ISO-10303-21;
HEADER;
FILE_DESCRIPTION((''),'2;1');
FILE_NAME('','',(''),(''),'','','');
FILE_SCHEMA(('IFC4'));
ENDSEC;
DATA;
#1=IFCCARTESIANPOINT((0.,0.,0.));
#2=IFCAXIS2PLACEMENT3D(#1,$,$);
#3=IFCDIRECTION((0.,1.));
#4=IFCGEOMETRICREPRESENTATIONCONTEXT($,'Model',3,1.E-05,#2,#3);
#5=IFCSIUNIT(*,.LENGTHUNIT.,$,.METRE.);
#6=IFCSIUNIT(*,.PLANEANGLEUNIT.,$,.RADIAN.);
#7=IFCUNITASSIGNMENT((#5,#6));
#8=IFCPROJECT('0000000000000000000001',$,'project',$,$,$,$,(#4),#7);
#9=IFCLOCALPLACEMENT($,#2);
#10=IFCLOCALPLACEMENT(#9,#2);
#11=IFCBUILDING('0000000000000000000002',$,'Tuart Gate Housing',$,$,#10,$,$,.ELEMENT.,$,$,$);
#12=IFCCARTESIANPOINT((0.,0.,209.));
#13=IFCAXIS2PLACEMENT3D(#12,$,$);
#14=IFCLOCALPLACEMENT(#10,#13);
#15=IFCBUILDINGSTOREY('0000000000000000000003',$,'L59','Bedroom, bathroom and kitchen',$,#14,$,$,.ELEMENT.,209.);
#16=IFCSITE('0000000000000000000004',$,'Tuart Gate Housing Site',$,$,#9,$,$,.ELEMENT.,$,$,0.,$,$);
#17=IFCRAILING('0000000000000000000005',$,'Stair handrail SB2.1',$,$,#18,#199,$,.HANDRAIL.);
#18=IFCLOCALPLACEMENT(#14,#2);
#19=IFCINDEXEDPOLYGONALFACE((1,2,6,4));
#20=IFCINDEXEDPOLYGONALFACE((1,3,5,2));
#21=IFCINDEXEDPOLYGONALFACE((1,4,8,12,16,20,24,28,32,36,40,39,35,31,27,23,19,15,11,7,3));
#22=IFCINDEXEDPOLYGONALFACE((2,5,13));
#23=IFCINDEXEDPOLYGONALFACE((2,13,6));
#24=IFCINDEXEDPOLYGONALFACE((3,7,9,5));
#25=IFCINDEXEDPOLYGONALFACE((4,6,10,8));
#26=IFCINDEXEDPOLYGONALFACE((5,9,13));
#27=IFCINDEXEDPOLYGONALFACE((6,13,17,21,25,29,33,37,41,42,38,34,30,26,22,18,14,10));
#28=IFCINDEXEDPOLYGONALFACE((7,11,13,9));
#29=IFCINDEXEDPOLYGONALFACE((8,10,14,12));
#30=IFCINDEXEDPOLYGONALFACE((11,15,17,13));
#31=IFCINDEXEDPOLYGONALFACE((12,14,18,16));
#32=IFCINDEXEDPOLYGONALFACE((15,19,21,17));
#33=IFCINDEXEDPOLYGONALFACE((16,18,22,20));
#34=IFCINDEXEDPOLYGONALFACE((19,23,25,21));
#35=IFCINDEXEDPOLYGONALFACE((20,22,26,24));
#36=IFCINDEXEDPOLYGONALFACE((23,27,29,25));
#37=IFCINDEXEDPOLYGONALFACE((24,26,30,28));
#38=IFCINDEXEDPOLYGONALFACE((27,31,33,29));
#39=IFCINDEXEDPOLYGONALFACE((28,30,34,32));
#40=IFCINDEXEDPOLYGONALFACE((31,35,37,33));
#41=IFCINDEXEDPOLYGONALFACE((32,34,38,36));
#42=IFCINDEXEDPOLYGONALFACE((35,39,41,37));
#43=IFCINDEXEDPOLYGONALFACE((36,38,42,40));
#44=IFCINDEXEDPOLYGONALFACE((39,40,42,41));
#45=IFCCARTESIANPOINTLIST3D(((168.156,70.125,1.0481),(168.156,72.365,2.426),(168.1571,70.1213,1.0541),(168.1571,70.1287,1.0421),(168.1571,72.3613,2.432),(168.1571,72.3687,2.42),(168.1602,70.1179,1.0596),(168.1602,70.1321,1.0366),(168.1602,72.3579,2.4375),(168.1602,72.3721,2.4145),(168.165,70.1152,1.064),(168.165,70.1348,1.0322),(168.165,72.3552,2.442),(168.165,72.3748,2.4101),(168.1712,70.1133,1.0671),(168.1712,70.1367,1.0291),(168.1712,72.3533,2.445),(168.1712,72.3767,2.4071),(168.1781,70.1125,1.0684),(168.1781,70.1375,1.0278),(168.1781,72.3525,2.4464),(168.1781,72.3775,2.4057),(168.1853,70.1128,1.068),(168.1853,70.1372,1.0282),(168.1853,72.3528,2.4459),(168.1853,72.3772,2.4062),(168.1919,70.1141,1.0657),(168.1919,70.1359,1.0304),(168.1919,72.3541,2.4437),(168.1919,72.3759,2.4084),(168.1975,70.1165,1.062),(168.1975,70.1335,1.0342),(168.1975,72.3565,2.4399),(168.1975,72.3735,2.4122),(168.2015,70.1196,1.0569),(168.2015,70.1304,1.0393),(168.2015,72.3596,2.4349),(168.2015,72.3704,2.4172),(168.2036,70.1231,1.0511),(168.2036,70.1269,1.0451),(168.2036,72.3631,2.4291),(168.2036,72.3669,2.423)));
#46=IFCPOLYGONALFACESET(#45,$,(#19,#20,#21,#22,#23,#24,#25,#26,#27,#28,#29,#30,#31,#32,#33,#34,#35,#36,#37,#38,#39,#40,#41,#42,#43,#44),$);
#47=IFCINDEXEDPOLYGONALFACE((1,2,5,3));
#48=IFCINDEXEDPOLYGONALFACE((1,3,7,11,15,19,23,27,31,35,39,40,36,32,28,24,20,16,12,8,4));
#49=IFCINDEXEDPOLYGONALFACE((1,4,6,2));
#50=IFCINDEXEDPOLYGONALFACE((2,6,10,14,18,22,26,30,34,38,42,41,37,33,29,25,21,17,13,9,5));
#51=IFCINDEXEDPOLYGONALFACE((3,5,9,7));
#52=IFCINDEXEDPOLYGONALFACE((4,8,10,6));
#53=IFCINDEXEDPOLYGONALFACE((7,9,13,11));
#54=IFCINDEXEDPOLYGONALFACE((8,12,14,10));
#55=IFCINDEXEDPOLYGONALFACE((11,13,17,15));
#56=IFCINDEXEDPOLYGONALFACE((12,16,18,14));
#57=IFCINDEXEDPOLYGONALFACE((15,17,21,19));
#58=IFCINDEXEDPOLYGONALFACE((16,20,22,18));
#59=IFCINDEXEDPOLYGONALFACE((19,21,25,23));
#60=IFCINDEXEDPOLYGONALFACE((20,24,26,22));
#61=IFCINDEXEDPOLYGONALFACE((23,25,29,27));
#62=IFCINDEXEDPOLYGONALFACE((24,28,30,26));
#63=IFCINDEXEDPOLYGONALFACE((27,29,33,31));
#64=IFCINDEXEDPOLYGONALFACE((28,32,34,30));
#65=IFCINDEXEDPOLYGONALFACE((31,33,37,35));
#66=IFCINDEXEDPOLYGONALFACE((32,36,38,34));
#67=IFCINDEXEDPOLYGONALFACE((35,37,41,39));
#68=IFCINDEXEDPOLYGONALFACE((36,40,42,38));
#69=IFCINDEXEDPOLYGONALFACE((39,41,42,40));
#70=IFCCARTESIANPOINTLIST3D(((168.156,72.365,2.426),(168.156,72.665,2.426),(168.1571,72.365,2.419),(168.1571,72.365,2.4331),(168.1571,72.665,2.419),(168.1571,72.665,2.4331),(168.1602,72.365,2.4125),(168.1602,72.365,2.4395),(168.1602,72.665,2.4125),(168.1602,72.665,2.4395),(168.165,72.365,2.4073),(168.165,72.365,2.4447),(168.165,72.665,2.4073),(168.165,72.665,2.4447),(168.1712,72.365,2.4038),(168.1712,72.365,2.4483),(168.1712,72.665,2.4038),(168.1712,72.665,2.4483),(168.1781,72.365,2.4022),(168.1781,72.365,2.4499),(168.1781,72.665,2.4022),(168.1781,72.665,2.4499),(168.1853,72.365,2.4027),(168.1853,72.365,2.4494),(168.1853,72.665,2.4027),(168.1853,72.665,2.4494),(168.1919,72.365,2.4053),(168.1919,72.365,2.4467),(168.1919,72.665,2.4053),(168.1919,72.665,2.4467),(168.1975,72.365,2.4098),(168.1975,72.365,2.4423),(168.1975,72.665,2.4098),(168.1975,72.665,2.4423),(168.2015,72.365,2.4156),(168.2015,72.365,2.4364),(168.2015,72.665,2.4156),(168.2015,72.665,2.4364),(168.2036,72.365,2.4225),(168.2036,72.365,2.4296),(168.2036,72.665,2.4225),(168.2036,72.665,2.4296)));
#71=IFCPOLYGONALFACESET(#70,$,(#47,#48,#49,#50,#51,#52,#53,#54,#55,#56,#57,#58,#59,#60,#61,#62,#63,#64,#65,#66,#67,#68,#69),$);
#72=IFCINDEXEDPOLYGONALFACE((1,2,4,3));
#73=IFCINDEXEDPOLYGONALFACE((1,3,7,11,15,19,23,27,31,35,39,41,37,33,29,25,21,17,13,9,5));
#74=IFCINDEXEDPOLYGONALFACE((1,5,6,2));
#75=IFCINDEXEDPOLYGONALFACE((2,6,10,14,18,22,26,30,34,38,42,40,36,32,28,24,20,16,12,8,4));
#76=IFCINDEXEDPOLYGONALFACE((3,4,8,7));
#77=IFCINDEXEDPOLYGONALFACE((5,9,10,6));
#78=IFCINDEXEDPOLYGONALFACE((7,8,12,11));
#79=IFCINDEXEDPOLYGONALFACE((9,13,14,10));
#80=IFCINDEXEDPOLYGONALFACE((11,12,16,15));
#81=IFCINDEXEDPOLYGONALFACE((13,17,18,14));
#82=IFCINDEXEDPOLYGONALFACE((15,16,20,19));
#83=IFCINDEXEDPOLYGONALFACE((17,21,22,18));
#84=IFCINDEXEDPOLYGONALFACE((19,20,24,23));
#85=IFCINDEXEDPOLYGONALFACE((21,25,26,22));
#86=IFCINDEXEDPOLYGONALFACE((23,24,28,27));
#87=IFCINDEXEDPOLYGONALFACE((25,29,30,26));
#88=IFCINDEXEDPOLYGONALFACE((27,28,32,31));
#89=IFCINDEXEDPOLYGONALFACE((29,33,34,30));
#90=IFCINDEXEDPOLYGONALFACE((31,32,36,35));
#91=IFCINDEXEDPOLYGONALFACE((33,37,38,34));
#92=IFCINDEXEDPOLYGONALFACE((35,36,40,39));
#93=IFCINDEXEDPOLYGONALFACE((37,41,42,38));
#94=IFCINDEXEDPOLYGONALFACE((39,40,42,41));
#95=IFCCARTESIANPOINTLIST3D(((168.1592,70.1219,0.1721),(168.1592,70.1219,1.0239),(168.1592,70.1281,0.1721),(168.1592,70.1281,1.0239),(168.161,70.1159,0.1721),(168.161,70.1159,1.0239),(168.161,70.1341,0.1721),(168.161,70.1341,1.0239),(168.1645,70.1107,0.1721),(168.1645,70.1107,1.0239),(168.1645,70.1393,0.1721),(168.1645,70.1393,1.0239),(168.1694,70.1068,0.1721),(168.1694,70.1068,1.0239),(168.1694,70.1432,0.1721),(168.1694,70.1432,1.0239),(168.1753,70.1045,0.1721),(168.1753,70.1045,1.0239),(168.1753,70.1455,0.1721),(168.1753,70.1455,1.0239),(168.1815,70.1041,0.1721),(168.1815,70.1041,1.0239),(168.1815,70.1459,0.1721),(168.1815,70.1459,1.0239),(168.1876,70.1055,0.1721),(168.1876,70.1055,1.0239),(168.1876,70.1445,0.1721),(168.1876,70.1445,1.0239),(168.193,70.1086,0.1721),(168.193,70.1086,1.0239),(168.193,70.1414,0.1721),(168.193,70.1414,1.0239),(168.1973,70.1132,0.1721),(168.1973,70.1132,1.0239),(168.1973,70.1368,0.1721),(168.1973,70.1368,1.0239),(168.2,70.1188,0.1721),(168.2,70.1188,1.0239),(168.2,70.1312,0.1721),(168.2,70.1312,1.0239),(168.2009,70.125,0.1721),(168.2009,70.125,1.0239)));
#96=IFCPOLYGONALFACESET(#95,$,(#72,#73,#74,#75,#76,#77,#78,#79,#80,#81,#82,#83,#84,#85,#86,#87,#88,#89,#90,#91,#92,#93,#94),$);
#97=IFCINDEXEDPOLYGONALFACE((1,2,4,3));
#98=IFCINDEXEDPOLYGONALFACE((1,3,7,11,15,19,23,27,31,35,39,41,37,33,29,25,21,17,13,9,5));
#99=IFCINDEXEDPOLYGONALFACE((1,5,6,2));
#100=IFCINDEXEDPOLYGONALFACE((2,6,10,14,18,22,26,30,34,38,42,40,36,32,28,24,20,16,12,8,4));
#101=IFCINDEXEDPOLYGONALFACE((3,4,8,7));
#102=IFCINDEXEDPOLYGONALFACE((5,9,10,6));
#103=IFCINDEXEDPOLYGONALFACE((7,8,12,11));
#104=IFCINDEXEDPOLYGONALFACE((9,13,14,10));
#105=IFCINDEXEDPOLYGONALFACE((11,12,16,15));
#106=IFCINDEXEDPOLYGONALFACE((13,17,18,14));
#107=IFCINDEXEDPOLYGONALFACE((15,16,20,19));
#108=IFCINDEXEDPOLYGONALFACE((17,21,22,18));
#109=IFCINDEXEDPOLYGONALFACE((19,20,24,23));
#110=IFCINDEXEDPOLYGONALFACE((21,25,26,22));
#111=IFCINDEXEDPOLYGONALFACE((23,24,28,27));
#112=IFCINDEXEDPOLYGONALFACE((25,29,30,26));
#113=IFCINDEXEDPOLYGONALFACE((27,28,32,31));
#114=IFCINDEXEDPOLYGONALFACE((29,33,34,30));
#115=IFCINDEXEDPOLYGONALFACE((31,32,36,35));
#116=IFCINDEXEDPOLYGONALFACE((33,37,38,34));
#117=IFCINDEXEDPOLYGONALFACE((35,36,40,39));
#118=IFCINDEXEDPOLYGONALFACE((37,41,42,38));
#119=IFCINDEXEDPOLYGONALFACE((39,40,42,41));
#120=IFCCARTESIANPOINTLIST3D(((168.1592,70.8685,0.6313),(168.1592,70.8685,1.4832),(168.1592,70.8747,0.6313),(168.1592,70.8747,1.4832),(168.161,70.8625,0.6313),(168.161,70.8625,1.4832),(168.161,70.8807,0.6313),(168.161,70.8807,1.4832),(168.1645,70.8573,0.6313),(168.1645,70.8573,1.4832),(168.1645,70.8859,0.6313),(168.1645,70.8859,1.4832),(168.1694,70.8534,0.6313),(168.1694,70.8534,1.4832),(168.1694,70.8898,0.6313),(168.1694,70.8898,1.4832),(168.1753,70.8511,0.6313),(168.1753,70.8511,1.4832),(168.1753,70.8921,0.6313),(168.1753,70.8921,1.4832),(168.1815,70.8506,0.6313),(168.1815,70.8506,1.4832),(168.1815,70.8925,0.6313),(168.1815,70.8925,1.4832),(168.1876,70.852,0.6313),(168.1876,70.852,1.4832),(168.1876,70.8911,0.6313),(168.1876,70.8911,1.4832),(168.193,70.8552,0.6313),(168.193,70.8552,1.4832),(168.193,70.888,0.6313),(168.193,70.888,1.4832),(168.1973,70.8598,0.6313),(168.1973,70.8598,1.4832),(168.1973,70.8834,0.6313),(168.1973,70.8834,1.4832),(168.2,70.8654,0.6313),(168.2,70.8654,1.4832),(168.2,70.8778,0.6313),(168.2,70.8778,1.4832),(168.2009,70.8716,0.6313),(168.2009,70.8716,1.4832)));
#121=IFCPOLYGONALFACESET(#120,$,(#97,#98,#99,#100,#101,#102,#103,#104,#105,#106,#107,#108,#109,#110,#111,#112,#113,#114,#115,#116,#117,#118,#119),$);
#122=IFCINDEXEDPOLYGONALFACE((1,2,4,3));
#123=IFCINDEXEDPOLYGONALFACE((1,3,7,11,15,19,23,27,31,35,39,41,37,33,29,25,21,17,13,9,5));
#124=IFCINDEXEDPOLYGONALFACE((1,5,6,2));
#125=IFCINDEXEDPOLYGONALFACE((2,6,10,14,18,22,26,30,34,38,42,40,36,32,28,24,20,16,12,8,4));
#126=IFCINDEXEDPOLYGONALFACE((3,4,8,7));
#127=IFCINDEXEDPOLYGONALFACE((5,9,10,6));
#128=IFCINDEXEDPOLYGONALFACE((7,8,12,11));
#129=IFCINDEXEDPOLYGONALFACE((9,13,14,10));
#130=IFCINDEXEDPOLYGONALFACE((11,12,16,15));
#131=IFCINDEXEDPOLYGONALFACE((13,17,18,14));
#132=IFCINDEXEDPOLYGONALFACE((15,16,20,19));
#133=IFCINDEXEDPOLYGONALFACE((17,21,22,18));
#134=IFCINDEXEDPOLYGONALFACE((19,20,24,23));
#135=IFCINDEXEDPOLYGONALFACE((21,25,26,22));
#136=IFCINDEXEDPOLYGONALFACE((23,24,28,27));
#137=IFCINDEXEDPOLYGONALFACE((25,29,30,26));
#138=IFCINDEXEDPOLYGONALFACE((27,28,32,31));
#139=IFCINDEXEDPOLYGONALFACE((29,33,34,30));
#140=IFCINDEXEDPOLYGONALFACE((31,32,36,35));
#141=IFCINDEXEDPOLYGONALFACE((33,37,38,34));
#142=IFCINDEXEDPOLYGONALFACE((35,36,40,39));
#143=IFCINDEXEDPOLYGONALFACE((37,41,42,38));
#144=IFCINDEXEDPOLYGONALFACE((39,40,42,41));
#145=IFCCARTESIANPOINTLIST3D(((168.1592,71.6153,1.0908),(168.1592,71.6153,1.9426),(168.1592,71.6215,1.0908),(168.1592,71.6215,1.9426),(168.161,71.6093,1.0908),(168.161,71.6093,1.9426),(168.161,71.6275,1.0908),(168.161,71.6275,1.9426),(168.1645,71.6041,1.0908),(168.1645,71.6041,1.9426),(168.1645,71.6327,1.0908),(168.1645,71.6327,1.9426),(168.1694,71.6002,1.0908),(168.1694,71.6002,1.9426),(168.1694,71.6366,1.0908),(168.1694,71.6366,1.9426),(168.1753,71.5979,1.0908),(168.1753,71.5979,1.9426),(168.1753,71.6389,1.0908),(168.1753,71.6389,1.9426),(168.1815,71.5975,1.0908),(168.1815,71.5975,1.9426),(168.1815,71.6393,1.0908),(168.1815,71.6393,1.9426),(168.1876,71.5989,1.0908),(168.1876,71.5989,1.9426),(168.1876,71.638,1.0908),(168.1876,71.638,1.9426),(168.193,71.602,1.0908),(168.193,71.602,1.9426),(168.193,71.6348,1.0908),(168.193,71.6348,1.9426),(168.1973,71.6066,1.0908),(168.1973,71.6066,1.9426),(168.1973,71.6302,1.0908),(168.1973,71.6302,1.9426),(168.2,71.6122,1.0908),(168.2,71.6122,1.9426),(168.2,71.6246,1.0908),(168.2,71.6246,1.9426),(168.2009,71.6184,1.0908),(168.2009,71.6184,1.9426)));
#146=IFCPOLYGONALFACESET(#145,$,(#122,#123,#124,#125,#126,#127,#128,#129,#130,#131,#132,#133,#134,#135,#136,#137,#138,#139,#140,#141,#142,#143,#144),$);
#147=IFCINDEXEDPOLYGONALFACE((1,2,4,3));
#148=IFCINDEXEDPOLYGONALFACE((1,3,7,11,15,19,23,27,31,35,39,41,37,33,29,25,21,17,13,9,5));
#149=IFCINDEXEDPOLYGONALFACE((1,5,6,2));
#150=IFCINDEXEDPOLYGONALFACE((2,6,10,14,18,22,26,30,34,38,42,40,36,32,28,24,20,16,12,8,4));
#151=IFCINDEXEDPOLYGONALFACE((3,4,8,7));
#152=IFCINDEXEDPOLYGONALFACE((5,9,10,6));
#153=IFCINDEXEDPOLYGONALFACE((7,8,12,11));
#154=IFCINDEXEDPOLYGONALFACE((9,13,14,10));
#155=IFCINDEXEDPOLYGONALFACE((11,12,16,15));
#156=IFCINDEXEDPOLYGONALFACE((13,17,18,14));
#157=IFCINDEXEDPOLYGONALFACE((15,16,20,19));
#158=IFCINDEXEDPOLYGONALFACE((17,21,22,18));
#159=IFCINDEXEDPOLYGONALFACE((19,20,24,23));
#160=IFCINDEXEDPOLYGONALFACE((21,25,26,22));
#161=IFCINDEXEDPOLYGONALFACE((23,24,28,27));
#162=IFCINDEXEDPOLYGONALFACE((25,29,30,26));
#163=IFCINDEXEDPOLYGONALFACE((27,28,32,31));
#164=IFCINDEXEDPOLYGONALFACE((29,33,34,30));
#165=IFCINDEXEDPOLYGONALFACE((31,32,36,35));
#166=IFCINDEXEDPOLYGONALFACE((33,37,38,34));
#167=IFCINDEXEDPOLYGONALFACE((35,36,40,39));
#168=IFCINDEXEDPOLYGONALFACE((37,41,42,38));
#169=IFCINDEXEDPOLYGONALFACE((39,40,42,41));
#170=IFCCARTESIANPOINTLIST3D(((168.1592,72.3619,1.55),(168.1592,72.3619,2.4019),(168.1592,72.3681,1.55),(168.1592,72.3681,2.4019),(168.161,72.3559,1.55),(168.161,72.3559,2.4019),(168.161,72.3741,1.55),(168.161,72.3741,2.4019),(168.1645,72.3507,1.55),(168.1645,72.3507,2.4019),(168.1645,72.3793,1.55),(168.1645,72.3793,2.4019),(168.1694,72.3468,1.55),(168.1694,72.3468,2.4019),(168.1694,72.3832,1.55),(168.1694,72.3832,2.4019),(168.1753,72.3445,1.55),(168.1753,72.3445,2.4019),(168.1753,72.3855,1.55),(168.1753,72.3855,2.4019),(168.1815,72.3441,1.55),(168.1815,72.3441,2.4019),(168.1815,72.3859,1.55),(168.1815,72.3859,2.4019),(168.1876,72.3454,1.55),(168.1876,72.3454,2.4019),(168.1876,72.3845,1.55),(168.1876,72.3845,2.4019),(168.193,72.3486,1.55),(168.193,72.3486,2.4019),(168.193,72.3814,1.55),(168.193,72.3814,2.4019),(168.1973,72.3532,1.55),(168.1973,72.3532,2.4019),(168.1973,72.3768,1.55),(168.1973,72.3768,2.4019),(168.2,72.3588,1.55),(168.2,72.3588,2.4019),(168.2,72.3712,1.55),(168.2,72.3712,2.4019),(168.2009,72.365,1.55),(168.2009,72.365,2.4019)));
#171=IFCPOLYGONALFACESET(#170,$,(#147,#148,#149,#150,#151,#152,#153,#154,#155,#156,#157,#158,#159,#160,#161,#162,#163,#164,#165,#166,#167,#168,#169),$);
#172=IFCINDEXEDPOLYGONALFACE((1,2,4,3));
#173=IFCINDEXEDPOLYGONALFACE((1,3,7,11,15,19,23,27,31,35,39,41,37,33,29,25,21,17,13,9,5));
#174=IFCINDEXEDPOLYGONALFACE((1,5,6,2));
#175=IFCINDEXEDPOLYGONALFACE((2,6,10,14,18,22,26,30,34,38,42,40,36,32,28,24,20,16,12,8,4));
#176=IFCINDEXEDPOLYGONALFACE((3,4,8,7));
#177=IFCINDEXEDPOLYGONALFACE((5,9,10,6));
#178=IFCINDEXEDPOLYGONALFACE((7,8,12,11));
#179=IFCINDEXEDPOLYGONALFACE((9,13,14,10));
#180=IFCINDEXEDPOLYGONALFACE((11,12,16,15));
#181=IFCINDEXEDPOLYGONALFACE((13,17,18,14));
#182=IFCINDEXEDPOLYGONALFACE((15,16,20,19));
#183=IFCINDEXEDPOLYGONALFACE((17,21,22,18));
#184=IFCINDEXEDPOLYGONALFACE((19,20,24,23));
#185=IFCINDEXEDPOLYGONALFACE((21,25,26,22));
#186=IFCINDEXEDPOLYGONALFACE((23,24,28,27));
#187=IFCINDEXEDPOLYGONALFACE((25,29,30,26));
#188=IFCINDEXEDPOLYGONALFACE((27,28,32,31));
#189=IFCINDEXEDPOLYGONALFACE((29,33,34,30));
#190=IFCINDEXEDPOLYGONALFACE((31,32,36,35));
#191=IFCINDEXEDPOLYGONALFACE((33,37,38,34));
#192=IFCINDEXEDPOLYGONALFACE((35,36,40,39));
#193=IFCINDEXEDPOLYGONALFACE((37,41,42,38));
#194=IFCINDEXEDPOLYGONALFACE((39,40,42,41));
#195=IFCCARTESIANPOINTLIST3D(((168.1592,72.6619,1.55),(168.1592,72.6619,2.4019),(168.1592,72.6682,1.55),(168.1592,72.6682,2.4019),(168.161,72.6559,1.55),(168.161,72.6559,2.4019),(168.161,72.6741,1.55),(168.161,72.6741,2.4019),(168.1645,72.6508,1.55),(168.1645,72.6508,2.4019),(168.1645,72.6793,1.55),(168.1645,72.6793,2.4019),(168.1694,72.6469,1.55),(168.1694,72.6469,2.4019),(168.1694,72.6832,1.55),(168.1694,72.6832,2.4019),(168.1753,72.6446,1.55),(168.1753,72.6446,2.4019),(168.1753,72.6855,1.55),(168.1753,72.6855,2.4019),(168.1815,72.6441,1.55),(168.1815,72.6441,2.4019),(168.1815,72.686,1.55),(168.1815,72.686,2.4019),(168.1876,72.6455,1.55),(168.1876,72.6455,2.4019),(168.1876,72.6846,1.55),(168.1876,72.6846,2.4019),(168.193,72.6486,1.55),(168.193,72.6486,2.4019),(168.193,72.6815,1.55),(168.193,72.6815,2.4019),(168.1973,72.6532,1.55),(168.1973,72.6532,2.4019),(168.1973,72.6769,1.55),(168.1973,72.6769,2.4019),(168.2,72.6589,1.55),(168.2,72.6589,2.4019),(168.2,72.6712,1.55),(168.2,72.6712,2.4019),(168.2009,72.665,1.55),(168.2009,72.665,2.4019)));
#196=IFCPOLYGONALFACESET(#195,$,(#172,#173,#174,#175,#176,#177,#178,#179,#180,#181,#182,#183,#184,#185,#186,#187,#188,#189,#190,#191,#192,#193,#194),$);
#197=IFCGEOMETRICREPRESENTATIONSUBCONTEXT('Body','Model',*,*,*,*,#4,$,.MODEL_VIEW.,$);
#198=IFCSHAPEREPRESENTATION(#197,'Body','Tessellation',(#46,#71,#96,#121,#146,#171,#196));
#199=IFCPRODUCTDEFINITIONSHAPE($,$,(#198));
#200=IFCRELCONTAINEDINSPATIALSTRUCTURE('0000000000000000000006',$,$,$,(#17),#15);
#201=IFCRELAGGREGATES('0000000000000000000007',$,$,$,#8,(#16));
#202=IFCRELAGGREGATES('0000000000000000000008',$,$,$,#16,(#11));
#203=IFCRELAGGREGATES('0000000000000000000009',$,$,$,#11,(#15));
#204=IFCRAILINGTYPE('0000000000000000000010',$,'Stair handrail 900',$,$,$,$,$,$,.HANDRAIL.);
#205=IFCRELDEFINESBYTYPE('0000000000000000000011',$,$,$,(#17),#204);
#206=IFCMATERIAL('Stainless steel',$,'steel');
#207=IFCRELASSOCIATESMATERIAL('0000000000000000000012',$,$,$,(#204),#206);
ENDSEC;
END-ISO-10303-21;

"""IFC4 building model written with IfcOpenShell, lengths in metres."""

from ifc_helpers import new_model, si_unit, direction, frame, origin, origin_2d, place, context, subcontext, project, spatial, circle, extrude, material, type_object, element, save


model = new_model("IFC4")

# Units and contexts
model_context = context("Model", 3, precision=1e-05, world=origin(), true_north=direction((0.0, 1.0)))
body_context = subcontext(model_context, "Body", "Model", "MODEL_VIEW")
ifc_project = project(units=[si_unit("LENGTHUNIT", "METRE"), si_unit("PLANEANGLEUNIT", "RADIAN")], contexts=[model_context])

# Site, building, storey
site_placement = place(None, origin())
site = spatial("IfcSite", under=ifc_project, at=site_placement, Name="Tuart Gate Housing Site", CompositionType="ELEMENT", RefElevation=0.0)
building_placement = place(site_placement, origin())
building = spatial("IfcBuilding", under=site, at=building_placement, Name="Tuart Gate Housing", CompositionType="ELEMENT")
storey_placement = place(building_placement, frame((0.0, 0.0, 209.0)))
storey = spatial("IfcBuildingStorey", under=building, at=storey_placement, Name="L59", Description="Bedroom, bathroom and kitchen", CompositionType="ELEMENT", Elevation=209.0)

# Railing
ifc_material_1 = material(Name="Stainless steel", Category="steel")
railing_type = type_object("IfcRailingType", Name="Stair handrail 900", PredefinedType="HANDRAIL", material=ifc_material_1)
railing_placement = place(storey_placement, frame((168.1799, 70.125, 0.1721)))
element("IfcRailing", 1, at=railing_placement, inside=storey, type_object=railing_type, Name="Stair handrail SB2.1", PredefinedType="HANDRAIL", context=body_context, shape_type="SweptSolid", body=[
    extrude(circle(Radius=0.0239, at=origin_2d()), frame((0.0, 0.0, 0.876), z_axis=(0.0, 0.851748, 0.523952), x_axis=(-1.0, 0.0, 0.0)), (0.0, 0.0, 1.0), 2.6299),
    extrude(circle(Radius=0.0239, at=origin_2d()), frame((0.0, 2.24, 2.2539), z_axis=(0.0, 1.0, 0.0), x_axis=(-1.0, 0.0, 0.0)), (0.0, 0.0, 1.0), 0.3),
    extrude(circle(Radius=0.021, at=origin_2d()), origin(), (0.0, 0.0, 1.0), 0.8518),
    extrude(circle(Radius=0.021, at=origin_2d()), frame((0.0, 0.7466, 0.4592)), (0.0, 0.0, 1.0), 0.8518),
    extrude(circle(Radius=0.021, at=origin_2d()), frame((0.0, 1.4934, 0.9187)), (0.0, 0.0, 1.0), 0.8518),
    extrude(circle(Radius=0.021, at=origin_2d()), frame((0.0, 2.24, 1.3779)), (0.0, 0.0, 1.0), 0.8518),
    extrude(circle(Radius=0.021, at=origin_2d()), frame((0.0, 2.54, 1.3779)), (0.0, 0.0, 1.0), 0.8518),
])

save(model, "model.ifc")
